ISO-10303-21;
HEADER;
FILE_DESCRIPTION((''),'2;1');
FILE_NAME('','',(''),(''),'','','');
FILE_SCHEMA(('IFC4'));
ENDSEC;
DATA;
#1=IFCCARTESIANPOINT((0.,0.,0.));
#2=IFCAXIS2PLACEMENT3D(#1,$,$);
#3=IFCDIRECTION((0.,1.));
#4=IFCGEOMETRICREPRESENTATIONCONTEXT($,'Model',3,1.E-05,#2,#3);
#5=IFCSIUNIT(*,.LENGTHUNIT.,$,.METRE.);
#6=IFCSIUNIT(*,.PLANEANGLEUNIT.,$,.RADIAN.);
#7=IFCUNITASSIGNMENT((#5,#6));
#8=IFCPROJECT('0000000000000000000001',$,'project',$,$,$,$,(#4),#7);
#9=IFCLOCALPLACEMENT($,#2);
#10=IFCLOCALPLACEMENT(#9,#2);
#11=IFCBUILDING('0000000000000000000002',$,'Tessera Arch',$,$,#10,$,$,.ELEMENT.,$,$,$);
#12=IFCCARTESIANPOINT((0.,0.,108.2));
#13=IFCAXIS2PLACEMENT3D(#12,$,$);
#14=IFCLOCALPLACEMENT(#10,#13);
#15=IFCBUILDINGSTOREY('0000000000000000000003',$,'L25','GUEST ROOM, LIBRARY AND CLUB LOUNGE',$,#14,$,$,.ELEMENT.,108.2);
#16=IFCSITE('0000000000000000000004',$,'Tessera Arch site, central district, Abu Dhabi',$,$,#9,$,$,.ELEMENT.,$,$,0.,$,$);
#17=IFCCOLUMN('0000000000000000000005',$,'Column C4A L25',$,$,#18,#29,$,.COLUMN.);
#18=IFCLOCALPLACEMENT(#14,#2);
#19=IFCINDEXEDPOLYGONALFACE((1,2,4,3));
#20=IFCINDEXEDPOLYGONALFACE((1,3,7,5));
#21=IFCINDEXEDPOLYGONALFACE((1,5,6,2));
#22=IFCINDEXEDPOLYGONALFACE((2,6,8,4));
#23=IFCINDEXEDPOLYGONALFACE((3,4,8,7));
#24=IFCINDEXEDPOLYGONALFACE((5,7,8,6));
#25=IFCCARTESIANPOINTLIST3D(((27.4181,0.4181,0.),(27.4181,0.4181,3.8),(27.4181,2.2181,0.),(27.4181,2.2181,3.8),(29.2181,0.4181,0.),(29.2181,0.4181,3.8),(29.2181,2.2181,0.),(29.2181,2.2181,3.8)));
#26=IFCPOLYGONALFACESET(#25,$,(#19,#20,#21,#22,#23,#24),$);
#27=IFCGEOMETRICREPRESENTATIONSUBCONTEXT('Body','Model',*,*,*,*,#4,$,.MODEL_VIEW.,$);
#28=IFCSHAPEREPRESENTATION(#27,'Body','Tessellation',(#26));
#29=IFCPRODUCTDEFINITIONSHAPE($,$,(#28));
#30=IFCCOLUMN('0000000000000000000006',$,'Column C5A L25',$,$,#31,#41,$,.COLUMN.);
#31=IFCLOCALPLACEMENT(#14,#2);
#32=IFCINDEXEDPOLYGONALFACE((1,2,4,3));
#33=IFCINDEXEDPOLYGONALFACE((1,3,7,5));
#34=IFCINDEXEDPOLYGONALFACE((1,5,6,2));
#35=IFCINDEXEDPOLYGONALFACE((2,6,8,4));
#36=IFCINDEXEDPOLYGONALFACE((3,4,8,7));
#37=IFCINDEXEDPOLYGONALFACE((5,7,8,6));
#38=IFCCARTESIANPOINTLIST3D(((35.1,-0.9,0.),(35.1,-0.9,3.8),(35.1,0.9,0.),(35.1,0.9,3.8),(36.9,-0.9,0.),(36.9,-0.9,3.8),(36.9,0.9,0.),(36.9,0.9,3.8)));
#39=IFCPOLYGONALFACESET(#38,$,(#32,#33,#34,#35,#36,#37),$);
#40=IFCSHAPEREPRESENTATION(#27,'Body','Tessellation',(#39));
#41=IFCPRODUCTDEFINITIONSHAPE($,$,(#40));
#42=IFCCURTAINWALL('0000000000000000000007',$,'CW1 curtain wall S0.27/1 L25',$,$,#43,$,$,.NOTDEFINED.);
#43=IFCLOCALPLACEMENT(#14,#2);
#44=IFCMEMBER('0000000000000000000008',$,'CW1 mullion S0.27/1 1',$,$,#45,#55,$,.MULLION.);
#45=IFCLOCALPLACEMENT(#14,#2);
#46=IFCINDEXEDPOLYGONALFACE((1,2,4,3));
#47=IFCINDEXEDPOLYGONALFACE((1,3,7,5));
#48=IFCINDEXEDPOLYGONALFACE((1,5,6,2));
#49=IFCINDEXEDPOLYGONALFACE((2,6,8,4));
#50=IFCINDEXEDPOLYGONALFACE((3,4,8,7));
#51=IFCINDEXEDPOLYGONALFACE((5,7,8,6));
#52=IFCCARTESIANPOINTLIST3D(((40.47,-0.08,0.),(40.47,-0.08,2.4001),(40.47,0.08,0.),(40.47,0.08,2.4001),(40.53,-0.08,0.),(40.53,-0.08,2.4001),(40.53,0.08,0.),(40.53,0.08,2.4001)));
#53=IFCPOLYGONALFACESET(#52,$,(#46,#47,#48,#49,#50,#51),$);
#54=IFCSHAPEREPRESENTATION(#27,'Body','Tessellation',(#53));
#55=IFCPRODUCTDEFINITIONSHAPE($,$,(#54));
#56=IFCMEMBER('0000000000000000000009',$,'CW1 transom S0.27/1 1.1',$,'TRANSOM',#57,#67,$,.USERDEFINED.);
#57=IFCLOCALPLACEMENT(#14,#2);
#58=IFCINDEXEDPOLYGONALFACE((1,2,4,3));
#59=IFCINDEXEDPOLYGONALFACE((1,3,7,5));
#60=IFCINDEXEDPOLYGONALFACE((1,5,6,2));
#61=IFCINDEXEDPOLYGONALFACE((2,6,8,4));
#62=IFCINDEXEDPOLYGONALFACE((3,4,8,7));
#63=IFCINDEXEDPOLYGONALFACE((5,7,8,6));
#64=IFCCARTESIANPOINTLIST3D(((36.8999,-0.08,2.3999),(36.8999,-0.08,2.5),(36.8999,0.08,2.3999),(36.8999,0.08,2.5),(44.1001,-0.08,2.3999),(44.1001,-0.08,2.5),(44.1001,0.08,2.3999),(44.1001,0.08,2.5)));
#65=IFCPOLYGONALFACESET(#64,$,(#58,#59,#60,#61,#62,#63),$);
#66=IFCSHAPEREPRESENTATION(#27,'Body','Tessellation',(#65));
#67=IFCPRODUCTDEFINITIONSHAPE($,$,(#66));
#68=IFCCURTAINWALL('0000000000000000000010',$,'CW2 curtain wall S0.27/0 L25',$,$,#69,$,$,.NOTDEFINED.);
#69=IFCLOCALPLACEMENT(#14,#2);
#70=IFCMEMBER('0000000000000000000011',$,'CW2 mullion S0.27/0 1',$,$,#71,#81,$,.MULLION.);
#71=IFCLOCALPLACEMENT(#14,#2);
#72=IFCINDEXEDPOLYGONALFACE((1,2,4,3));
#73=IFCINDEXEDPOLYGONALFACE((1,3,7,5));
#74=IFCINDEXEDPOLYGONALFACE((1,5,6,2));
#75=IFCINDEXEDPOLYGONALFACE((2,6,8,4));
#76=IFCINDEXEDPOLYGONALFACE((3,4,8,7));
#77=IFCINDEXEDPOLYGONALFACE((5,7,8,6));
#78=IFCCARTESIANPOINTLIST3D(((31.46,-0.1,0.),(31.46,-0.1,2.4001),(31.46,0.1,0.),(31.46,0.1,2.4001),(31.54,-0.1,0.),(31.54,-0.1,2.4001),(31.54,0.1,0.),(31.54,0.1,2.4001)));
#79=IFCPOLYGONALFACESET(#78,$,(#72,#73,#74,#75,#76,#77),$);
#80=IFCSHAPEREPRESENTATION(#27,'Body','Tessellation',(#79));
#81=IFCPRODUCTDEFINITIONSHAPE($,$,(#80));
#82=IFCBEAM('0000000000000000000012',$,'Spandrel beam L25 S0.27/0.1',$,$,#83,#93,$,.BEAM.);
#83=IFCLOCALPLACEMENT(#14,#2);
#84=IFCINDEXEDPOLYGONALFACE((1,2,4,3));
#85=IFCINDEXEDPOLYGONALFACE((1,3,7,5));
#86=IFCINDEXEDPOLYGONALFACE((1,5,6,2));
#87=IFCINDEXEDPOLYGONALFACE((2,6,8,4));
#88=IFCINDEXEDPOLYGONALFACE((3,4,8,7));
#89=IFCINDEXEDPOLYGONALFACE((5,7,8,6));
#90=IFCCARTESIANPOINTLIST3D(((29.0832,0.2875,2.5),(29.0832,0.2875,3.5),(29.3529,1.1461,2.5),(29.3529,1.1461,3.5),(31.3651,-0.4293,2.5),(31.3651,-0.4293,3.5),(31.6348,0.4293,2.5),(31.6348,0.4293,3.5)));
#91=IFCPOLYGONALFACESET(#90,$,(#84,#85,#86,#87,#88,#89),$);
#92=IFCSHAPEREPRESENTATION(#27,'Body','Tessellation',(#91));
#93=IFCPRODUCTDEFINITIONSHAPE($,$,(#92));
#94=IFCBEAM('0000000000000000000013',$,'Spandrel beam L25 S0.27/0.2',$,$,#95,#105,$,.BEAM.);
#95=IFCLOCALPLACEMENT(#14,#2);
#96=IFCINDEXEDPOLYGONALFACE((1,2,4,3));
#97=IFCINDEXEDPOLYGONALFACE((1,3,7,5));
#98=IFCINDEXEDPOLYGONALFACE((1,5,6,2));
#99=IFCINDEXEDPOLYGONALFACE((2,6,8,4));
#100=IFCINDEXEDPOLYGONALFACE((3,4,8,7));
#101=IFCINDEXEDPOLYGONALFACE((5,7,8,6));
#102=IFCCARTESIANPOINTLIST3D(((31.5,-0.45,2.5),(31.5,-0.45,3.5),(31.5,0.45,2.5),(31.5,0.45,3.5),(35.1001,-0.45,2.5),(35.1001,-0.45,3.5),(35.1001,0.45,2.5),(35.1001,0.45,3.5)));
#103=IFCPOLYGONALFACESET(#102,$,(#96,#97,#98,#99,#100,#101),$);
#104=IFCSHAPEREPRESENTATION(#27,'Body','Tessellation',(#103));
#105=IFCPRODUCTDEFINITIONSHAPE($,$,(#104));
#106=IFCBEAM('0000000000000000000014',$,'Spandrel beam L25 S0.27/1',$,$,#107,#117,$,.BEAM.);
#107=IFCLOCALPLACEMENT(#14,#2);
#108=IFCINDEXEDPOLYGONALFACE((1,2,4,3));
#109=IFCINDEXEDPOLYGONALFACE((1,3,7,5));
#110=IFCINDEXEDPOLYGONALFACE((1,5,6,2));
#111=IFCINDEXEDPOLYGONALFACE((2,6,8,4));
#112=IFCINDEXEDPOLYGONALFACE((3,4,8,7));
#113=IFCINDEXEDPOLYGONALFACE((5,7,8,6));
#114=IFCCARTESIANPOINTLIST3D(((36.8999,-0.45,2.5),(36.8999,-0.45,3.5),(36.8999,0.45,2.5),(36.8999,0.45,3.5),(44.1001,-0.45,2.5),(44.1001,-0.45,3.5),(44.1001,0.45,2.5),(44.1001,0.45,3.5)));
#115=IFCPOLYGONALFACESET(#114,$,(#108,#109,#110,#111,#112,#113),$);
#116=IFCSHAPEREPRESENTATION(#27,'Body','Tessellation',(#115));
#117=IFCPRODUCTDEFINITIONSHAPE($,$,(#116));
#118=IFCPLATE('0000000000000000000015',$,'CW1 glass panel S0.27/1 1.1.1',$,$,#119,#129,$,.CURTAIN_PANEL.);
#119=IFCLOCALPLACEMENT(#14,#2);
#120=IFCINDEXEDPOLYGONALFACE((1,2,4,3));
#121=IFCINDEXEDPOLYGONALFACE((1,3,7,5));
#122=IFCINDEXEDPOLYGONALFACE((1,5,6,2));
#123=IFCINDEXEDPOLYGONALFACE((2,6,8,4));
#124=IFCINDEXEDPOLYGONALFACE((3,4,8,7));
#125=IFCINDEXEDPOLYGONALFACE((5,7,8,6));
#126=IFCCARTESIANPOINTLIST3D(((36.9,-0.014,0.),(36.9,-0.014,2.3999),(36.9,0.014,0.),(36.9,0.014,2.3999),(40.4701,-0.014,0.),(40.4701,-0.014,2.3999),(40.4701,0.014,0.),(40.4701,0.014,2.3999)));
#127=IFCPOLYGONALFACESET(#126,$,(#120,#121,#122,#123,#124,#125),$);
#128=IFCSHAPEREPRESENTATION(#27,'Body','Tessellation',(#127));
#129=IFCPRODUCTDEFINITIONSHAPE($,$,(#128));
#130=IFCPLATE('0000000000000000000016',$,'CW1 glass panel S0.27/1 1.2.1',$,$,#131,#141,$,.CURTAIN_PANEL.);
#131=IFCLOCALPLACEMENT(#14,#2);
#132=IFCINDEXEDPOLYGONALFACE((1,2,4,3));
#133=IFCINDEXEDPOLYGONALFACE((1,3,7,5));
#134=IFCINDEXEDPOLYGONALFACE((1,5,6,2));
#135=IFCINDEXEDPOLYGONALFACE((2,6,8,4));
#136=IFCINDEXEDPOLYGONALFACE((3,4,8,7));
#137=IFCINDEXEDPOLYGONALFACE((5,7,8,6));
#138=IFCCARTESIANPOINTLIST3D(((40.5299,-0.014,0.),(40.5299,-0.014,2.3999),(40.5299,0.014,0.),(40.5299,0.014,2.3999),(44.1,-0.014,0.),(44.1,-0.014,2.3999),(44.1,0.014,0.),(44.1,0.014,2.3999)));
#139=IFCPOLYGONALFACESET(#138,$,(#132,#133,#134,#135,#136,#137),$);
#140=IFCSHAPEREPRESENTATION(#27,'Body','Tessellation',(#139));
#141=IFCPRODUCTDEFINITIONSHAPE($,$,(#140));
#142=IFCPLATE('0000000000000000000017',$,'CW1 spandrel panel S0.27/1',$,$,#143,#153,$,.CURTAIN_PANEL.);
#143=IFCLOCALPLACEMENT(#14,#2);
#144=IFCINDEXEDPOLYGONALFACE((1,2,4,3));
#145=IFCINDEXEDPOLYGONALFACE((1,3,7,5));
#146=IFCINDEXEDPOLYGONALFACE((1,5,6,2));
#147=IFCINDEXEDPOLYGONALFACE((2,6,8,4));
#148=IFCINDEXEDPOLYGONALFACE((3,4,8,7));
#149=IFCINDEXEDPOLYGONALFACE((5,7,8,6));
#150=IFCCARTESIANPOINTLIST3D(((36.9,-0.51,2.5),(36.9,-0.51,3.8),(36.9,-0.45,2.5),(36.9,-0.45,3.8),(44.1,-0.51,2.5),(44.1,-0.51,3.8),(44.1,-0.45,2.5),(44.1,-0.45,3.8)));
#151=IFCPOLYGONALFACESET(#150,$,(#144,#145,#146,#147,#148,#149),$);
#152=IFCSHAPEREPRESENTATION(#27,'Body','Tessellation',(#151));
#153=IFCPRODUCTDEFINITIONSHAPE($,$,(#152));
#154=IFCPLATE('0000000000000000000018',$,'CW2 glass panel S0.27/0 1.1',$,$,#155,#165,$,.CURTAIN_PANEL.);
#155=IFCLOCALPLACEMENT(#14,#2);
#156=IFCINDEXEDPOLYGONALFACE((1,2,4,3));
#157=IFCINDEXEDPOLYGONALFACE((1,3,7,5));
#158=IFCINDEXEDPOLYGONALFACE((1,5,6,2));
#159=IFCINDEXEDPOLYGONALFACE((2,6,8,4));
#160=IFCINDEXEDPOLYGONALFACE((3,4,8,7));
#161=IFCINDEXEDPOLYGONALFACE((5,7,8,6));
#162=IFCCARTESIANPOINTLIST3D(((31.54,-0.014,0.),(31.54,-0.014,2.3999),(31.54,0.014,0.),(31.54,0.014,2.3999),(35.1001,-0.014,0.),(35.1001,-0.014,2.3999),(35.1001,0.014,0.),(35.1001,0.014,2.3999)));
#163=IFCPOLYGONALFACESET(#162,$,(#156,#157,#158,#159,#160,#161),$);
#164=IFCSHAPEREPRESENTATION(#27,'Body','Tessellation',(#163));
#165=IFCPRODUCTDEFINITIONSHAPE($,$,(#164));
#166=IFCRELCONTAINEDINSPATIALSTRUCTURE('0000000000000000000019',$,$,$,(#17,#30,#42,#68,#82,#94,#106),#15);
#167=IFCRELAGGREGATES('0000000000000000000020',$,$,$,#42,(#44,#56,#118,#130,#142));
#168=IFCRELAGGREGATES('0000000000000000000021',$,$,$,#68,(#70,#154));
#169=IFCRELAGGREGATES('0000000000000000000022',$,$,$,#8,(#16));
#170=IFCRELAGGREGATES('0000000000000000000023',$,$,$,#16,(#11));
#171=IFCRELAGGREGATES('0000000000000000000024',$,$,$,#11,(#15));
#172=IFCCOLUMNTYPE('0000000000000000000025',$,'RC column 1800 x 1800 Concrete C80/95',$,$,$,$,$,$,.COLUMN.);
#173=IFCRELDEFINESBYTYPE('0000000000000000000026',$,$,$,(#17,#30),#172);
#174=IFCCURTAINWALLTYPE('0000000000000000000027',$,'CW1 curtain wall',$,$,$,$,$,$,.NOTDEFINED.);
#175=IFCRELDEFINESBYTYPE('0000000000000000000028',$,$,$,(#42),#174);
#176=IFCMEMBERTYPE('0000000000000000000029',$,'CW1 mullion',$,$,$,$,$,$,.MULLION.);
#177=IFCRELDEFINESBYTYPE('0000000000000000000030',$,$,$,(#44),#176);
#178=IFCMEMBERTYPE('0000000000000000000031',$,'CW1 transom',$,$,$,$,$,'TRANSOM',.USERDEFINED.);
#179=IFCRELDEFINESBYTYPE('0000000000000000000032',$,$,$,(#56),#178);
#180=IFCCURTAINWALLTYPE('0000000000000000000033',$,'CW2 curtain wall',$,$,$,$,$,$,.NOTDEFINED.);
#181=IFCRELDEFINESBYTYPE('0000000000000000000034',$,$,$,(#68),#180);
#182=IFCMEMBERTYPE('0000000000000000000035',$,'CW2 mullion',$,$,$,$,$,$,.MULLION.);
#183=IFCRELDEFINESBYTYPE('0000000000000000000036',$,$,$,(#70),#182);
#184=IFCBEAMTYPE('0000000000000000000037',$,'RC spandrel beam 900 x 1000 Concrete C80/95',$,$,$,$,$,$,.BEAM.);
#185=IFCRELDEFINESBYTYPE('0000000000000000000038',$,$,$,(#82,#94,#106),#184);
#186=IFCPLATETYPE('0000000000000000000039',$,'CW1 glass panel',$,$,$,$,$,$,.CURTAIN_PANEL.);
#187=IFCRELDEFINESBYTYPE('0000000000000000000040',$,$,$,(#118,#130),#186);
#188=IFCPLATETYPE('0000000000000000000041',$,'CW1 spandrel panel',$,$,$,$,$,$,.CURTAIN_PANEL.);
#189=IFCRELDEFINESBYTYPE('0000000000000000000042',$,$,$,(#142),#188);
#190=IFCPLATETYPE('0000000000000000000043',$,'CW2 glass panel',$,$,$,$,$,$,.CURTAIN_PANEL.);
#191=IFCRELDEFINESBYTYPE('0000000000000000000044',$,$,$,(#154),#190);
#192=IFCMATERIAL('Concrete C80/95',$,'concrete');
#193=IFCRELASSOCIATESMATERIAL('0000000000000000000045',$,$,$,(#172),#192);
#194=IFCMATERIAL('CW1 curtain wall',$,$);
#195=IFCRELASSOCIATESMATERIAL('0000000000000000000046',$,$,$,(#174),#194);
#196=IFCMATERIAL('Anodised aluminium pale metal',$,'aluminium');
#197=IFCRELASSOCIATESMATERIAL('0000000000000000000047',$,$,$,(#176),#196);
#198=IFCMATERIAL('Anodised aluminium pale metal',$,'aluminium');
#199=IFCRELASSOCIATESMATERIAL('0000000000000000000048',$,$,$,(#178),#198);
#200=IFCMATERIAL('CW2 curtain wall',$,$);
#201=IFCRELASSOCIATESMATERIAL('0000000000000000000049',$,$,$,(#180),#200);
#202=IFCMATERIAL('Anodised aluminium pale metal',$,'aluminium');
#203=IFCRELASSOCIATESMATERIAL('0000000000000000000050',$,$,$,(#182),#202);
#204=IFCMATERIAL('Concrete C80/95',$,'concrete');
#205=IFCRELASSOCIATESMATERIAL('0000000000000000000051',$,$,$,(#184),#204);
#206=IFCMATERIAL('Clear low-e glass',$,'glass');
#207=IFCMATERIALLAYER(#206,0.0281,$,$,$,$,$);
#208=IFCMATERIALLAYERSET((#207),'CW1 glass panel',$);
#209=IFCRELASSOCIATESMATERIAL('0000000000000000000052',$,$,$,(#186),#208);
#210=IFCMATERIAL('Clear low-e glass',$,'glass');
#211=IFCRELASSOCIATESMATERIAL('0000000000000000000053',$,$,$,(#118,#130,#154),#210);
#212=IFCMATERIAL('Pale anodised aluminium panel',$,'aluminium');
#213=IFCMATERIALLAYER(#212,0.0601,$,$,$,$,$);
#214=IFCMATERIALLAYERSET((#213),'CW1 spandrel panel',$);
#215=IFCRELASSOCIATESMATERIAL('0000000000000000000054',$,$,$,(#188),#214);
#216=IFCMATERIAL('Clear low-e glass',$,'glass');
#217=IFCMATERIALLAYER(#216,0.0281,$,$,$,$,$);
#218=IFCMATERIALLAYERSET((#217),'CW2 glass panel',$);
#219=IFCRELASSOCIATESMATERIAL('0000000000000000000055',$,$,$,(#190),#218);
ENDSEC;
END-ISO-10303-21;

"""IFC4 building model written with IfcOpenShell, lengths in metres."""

from ifc_helpers import new_model, si_unit, direction, frame, origin, origin_2d, place, context, subcontext, project, spatial, rectangle, extrude, material, layer, layer_set, material_profile, profile_set, type_object, element, aggregate, save


model = new_model("IFC4")

# Units and contexts
model_context = context("Model", 3, precision=1e-05, world=origin(), true_north=direction((0.0, 1.0)))
body_context = subcontext(model_context, "Body", "Model", "MODEL_VIEW")
ifc_project = project(units=[si_unit("LENGTHUNIT", "METRE"), si_unit("PLANEANGLEUNIT", "RADIAN")], contexts=[model_context])

# Site, building, storey
site_placement = place(None, origin())
site = spatial("IfcSite", under=ifc_project, at=site_placement, Name="Tessera Arch site, central district, Abu Dhabi", CompositionType="ELEMENT", RefElevation=0.0)
building_placement = place(site_placement, origin())
building = spatial("IfcBuilding", under=site, at=building_placement, Name="Tessera Arch", CompositionType="ELEMENT")
storey_placement = place(building_placement, frame((0.0, 0.0, 108.2)))
storey = spatial("IfcBuildingStorey", under=building, at=storey_placement, Name="L25", Description="GUEST ROOM, LIBRARY AND CLUB LOUNGE", CompositionType="ELEMENT", Elevation=108.2)

# Columns
ifc_material_1 = material(Name="Concrete C80/95", Category="concrete")
ifc_material_profile_1 = material_profile(ifc_material_1, rectangle(XDim=1.8, YDim=1.8, at=origin_2d()), Name="RC column 1800 x 1800 Concrete C80/95")
ifc_profile_set_1 = profile_set([ifc_material_profile_1], Name="Concrete C80/95")
column_type = type_object("IfcColumnType", Name="RC column 1800 x 1800 Concrete C80/95", PredefinedType="COLUMN", material=ifc_profile_set_1)
for number, where, z_axis, x_axis, name in (
    (1, (28.3181, 1.3181, 0.0), (0.0, 0.0, 1.0), (1.0, 0.0, 0.0), "Column C4A L25"),
    (2, (36.0, 0.0, 0.0), (0.0, 0.0, 1.0), (1.0, 0.0, 0.0), "Column C5A L25"),
):
    element("IfcColumn", number, at=place(storey_placement, frame(where, z_axis=z_axis, x_axis=x_axis)), inside=storey, type_object=column_type, Name=name, PredefinedType="COLUMN", context=body_context, shape_type="SweptSolid", body=[
        extrude(rectangle(XDim=1.8, YDim=1.8, at=origin_2d()), origin(), (0.0, 0.0, 1.0), 3.8),
    ])

# Curtain wall, members
ifc_material_2 = material(Name="CW1 curtain wall")
curtain_wall_type_1 = type_object("IfcCurtainWallType", Name="CW1 curtain wall", PredefinedType="NOTDEFINED", material=ifc_material_2)
curtain_wall_1_placement = place(storey_placement, origin())
curtain_wall_1 = element("IfcCurtainWall", 3, at=curtain_wall_1_placement, inside=storey, type_object=curtain_wall_type_1, Name="CW1 curtain wall S0.27/1 L25", PredefinedType="NOTDEFINED")
ifc_material_3 = material(Name="Anodised aluminium pale metal", Category="aluminium")
ifc_material_profile_2 = material_profile(ifc_material_3, rectangle(XDim=0.1599, YDim=0.0601, at=origin_2d()), Name="AL 60x160")
ifc_profile_set_2 = profile_set([ifc_material_profile_2], Name="Anodised aluminium pale metal")
member_type_1 = type_object("IfcMemberType", Name="CW1 mullion", PredefinedType="MULLION", material=ifc_profile_set_2)
member_1_placement = place(storey_placement, frame((40.5, 0.0, 0.0), z_axis=(0.0, 0.0, 1.0), x_axis=(0.0, 1.0, 0.0)))
member_1 = element("IfcMember", 4, at=member_1_placement, type_object=member_type_1, Name="CW1 mullion S0.27/1 1", PredefinedType="MULLION", context=body_context, shape_type="SweptSolid", body=[
    extrude(rectangle(XDim=0.1599, YDim=0.0601, at=origin_2d()), origin(), (0.0, 0.0, 1.0), 2.4001),
])
ifc_material_4 = material(Name="Anodised aluminium pale metal", Category="aluminium")
ifc_material_profile_3 = material_profile(ifc_material_4, rectangle(XDim=0.1599, YDim=0.1001, at=origin_2d()), Name="AL 160x100")
ifc_profile_set_3 = profile_set([ifc_material_profile_3], Name="Anodised aluminium pale metal")
member_type_2 = type_object("IfcMemberType", Name="CW1 transom", ElementType="TRANSOM", PredefinedType="USERDEFINED", material=ifc_profile_set_3)
member_2_placement = place(storey_placement, frame((36.8999, 0.0, 2.45), z_axis=(1.0, 0.0, 0.0), x_axis=(0.0, 1.0, 0.0)))
member_2 = element("IfcMember", 5, at=member_2_placement, type_object=member_type_2, Name="CW1 transom S0.27/1 1.1", ObjectType="TRANSOM", PredefinedType="USERDEFINED", context=body_context, shape_type="SweptSolid", body=[
    extrude(rectangle(XDim=0.1599, YDim=0.1001, at=origin_2d()), origin(), (0.0, 0.0, 1.0), 7.2002),
])

# Curtain wall, member
ifc_material_5 = material(Name="CW2 curtain wall")
curtain_wall_type_2 = type_object("IfcCurtainWallType", Name="CW2 curtain wall", PredefinedType="NOTDEFINED", material=ifc_material_5)
curtain_wall_2_placement = place(storey_placement, origin())
curtain_wall_2 = element("IfcCurtainWall", 6, at=curtain_wall_2_placement, inside=storey, type_object=curtain_wall_type_2, Name="CW2 curtain wall S0.27/0 L25", PredefinedType="NOTDEFINED")
ifc_material_6 = material(Name="Anodised aluminium pale metal", Category="aluminium")
ifc_material_profile_4 = material_profile(ifc_material_6, rectangle(XDim=0.2, YDim=0.0801, at=origin_2d()), Name="AL 80x200")
ifc_profile_set_4 = profile_set([ifc_material_profile_4], Name="Anodised aluminium pale metal")
member_type_3 = type_object("IfcMemberType", Name="CW2 mullion", PredefinedType="MULLION", material=ifc_profile_set_4)
member_3_placement = place(storey_placement, frame((31.5, 0.0, 0.0), z_axis=(0.0, 0.0, 1.0), x_axis=(0.0, 1.0, 0.0)))
member_3 = element("IfcMember", 7, at=member_3_placement, type_object=member_type_3, Name="CW2 mullion S0.27/0 1", PredefinedType="MULLION", context=body_context, shape_type="SweptSolid", body=[
    extrude(rectangle(XDim=0.2, YDim=0.0801, at=origin_2d()), origin(), (0.0, 0.0, 1.0), 2.4001),
])

# Beams
ifc_material_7 = material(Name="Concrete C80/95", Category="concrete")
ifc_material_profile_5 = material_profile(ifc_material_7, rectangle(XDim=0.8999, YDim=1.0, at=origin_2d()), Name="RC spandrel beam 900 x 1000 Concrete C80/95")
ifc_profile_set_5 = profile_set([ifc_material_profile_5], Name="Concrete C80/95")
beam_type = type_object("IfcBeamType", Name="RC spandrel beam 900 x 1000 Concrete C80/95", PredefinedType="BEAM", material=ifc_profile_set_5)
beam_1_placement = place(storey_placement, frame((29.218, 0.7168, 3.0), z_axis=(0.954041, -0.299675, 0.0), x_axis=(0.299675, 0.954041, 0.0)))
element("IfcBeam", 8, at=beam_1_placement, inside=storey, type_object=beam_type, Name="Spandrel beam L25 S0.27/0.1", PredefinedType="BEAM", context=body_context, shape_type="SweptSolid", body=[
    extrude(rectangle(XDim=0.8999, YDim=1.0, at=origin_2d()), origin(), (0.0, 0.0, 1.0), 2.3918),
])
beam_2_placement = place(storey_placement, frame((31.5, 0.0, 3.0), z_axis=(1.0, 0.0, 0.0), x_axis=(0.0, 1.0, 0.0)))
element("IfcBeam", 9, at=beam_2_placement, inside=storey, type_object=beam_type, Name="Spandrel beam L25 S0.27/0.2", PredefinedType="BEAM", context=body_context, shape_type="SweptSolid", body=[
    extrude(rectangle(XDim=0.8999, YDim=1.0, at=origin_2d()), origin(), (0.0, 0.0, 1.0), 3.6001),
])
beam_3_placement = place(storey_placement, frame((36.8999, 0.0, 3.0), z_axis=(1.0, 0.0, 0.0), x_axis=(0.0, 1.0, 0.0)))
element("IfcBeam", 10, at=beam_3_placement, inside=storey, type_object=beam_type, Name="Spandrel beam L25 S0.27/1", PredefinedType="BEAM", context=body_context, shape_type="SweptSolid", body=[
    extrude(rectangle(XDim=0.8999, YDim=1.0, at=origin_2d()), origin(), (0.0, 0.0, 1.0), 7.2002),
])

# Plates
ifc_material_8 = material(Name="Clear low-e glass", Category="glass")
ifc_material_9 = material(Name="Clear low-e glass", Category="glass")
ifc_layer_1 = layer(ifc_material_9, 0.0281)
ifc_layer_set_1 = layer_set([ifc_layer_1], Name="CW1 glass panel")
plate_type_1 = type_object("IfcPlateType", Name="CW1 glass panel", PredefinedType="CURTAIN_PANEL", material=ifc_layer_set_1)
plate_1_placement = place(storey_placement, frame((38.6851, 0.0, 0.0), z_axis=(0.0, 0.0, 1.0), x_axis=(1.0, 0.0, 0.0)))
plate_1 = element("IfcPlate", 11, at=plate_1_placement, type_object=plate_type_1, material=ifc_material_8, Name="CW1 glass panel S0.27/1 1.1.1", PredefinedType="CURTAIN_PANEL", context=body_context, shape_type="SweptSolid", body=[
    extrude(rectangle(XDim=3.5701, YDim=0.0281, at=origin_2d()), origin(), (0.0, 0.0, 1.0), 2.3999),
])
plate_2_placement = place(storey_placement, frame((42.3149, 0.0, 0.0), z_axis=(0.0, 0.0, 1.0), x_axis=(1.0, 0.0, 0.0)))
plate_2 = element("IfcPlate", 12, at=plate_2_placement, type_object=plate_type_1, material=ifc_material_8, Name="CW1 glass panel S0.27/1 1.2.1", PredefinedType="CURTAIN_PANEL", context=body_context, shape_type="SweptSolid", body=[
    extrude(rectangle(XDim=3.5701, YDim=0.0281, at=origin_2d()), origin(), (0.0, 0.0, 1.0), 2.3999),
])
ifc_material_10 = material(Name="Pale anodised aluminium panel", Category="aluminium")
ifc_layer_2 = layer(ifc_material_10, 0.0601)
ifc_layer_set_2 = layer_set([ifc_layer_2], Name="CW1 spandrel panel")
plate_type_2 = type_object("IfcPlateType", Name="CW1 spandrel panel", PredefinedType="CURTAIN_PANEL", material=ifc_layer_set_2)
plate_3_placement = place(storey_placement, frame((40.5, -0.48, 2.5), z_axis=(0.0, 0.0, 1.0), x_axis=(1.0, 0.0, 0.0)))
plate_3 = element("IfcPlate", 13, at=plate_3_placement, type_object=plate_type_2, Name="CW1 spandrel panel S0.27/1", PredefinedType="CURTAIN_PANEL", context=body_context, shape_type="SweptSolid", body=[
    extrude(rectangle(XDim=7.2, YDim=0.0601, at=origin_2d()), origin(), (0.0, 0.0, 1.0), 1.3),
])
aggregate(curtain_wall_1, [member_1, member_2, plate_1, plate_2, plate_3])
ifc_material_11 = material(Name="Clear low-e glass", Category="glass")
ifc_layer_3 = layer(ifc_material_11, 0.0281)
ifc_layer_set_3 = layer_set([ifc_layer_3], Name="CW2 glass panel")
plate_type_3 = type_object("IfcPlateType", Name="CW2 glass panel", PredefinedType="CURTAIN_PANEL", material=ifc_layer_set_3)
plate_4_placement = place(storey_placement, frame((33.3201, 0.0, 0.0), z_axis=(0.0, 0.0, 1.0), x_axis=(1.0, 0.0, 0.0)))
plate_4 = element("IfcPlate", 14, at=plate_4_placement, type_object=plate_type_3, material=ifc_material_8, Name="CW2 glass panel S0.27/0 1.1", PredefinedType="CURTAIN_PANEL", context=body_context, shape_type="SweptSolid", body=[
    extrude(rectangle(XDim=3.5601, YDim=0.0281, at=origin_2d()), origin(), (0.0, 0.0, 1.0), 2.3999),
])
aggregate(curtain_wall_2, [member_3, plate_4])

save(model, "model.ifc")
